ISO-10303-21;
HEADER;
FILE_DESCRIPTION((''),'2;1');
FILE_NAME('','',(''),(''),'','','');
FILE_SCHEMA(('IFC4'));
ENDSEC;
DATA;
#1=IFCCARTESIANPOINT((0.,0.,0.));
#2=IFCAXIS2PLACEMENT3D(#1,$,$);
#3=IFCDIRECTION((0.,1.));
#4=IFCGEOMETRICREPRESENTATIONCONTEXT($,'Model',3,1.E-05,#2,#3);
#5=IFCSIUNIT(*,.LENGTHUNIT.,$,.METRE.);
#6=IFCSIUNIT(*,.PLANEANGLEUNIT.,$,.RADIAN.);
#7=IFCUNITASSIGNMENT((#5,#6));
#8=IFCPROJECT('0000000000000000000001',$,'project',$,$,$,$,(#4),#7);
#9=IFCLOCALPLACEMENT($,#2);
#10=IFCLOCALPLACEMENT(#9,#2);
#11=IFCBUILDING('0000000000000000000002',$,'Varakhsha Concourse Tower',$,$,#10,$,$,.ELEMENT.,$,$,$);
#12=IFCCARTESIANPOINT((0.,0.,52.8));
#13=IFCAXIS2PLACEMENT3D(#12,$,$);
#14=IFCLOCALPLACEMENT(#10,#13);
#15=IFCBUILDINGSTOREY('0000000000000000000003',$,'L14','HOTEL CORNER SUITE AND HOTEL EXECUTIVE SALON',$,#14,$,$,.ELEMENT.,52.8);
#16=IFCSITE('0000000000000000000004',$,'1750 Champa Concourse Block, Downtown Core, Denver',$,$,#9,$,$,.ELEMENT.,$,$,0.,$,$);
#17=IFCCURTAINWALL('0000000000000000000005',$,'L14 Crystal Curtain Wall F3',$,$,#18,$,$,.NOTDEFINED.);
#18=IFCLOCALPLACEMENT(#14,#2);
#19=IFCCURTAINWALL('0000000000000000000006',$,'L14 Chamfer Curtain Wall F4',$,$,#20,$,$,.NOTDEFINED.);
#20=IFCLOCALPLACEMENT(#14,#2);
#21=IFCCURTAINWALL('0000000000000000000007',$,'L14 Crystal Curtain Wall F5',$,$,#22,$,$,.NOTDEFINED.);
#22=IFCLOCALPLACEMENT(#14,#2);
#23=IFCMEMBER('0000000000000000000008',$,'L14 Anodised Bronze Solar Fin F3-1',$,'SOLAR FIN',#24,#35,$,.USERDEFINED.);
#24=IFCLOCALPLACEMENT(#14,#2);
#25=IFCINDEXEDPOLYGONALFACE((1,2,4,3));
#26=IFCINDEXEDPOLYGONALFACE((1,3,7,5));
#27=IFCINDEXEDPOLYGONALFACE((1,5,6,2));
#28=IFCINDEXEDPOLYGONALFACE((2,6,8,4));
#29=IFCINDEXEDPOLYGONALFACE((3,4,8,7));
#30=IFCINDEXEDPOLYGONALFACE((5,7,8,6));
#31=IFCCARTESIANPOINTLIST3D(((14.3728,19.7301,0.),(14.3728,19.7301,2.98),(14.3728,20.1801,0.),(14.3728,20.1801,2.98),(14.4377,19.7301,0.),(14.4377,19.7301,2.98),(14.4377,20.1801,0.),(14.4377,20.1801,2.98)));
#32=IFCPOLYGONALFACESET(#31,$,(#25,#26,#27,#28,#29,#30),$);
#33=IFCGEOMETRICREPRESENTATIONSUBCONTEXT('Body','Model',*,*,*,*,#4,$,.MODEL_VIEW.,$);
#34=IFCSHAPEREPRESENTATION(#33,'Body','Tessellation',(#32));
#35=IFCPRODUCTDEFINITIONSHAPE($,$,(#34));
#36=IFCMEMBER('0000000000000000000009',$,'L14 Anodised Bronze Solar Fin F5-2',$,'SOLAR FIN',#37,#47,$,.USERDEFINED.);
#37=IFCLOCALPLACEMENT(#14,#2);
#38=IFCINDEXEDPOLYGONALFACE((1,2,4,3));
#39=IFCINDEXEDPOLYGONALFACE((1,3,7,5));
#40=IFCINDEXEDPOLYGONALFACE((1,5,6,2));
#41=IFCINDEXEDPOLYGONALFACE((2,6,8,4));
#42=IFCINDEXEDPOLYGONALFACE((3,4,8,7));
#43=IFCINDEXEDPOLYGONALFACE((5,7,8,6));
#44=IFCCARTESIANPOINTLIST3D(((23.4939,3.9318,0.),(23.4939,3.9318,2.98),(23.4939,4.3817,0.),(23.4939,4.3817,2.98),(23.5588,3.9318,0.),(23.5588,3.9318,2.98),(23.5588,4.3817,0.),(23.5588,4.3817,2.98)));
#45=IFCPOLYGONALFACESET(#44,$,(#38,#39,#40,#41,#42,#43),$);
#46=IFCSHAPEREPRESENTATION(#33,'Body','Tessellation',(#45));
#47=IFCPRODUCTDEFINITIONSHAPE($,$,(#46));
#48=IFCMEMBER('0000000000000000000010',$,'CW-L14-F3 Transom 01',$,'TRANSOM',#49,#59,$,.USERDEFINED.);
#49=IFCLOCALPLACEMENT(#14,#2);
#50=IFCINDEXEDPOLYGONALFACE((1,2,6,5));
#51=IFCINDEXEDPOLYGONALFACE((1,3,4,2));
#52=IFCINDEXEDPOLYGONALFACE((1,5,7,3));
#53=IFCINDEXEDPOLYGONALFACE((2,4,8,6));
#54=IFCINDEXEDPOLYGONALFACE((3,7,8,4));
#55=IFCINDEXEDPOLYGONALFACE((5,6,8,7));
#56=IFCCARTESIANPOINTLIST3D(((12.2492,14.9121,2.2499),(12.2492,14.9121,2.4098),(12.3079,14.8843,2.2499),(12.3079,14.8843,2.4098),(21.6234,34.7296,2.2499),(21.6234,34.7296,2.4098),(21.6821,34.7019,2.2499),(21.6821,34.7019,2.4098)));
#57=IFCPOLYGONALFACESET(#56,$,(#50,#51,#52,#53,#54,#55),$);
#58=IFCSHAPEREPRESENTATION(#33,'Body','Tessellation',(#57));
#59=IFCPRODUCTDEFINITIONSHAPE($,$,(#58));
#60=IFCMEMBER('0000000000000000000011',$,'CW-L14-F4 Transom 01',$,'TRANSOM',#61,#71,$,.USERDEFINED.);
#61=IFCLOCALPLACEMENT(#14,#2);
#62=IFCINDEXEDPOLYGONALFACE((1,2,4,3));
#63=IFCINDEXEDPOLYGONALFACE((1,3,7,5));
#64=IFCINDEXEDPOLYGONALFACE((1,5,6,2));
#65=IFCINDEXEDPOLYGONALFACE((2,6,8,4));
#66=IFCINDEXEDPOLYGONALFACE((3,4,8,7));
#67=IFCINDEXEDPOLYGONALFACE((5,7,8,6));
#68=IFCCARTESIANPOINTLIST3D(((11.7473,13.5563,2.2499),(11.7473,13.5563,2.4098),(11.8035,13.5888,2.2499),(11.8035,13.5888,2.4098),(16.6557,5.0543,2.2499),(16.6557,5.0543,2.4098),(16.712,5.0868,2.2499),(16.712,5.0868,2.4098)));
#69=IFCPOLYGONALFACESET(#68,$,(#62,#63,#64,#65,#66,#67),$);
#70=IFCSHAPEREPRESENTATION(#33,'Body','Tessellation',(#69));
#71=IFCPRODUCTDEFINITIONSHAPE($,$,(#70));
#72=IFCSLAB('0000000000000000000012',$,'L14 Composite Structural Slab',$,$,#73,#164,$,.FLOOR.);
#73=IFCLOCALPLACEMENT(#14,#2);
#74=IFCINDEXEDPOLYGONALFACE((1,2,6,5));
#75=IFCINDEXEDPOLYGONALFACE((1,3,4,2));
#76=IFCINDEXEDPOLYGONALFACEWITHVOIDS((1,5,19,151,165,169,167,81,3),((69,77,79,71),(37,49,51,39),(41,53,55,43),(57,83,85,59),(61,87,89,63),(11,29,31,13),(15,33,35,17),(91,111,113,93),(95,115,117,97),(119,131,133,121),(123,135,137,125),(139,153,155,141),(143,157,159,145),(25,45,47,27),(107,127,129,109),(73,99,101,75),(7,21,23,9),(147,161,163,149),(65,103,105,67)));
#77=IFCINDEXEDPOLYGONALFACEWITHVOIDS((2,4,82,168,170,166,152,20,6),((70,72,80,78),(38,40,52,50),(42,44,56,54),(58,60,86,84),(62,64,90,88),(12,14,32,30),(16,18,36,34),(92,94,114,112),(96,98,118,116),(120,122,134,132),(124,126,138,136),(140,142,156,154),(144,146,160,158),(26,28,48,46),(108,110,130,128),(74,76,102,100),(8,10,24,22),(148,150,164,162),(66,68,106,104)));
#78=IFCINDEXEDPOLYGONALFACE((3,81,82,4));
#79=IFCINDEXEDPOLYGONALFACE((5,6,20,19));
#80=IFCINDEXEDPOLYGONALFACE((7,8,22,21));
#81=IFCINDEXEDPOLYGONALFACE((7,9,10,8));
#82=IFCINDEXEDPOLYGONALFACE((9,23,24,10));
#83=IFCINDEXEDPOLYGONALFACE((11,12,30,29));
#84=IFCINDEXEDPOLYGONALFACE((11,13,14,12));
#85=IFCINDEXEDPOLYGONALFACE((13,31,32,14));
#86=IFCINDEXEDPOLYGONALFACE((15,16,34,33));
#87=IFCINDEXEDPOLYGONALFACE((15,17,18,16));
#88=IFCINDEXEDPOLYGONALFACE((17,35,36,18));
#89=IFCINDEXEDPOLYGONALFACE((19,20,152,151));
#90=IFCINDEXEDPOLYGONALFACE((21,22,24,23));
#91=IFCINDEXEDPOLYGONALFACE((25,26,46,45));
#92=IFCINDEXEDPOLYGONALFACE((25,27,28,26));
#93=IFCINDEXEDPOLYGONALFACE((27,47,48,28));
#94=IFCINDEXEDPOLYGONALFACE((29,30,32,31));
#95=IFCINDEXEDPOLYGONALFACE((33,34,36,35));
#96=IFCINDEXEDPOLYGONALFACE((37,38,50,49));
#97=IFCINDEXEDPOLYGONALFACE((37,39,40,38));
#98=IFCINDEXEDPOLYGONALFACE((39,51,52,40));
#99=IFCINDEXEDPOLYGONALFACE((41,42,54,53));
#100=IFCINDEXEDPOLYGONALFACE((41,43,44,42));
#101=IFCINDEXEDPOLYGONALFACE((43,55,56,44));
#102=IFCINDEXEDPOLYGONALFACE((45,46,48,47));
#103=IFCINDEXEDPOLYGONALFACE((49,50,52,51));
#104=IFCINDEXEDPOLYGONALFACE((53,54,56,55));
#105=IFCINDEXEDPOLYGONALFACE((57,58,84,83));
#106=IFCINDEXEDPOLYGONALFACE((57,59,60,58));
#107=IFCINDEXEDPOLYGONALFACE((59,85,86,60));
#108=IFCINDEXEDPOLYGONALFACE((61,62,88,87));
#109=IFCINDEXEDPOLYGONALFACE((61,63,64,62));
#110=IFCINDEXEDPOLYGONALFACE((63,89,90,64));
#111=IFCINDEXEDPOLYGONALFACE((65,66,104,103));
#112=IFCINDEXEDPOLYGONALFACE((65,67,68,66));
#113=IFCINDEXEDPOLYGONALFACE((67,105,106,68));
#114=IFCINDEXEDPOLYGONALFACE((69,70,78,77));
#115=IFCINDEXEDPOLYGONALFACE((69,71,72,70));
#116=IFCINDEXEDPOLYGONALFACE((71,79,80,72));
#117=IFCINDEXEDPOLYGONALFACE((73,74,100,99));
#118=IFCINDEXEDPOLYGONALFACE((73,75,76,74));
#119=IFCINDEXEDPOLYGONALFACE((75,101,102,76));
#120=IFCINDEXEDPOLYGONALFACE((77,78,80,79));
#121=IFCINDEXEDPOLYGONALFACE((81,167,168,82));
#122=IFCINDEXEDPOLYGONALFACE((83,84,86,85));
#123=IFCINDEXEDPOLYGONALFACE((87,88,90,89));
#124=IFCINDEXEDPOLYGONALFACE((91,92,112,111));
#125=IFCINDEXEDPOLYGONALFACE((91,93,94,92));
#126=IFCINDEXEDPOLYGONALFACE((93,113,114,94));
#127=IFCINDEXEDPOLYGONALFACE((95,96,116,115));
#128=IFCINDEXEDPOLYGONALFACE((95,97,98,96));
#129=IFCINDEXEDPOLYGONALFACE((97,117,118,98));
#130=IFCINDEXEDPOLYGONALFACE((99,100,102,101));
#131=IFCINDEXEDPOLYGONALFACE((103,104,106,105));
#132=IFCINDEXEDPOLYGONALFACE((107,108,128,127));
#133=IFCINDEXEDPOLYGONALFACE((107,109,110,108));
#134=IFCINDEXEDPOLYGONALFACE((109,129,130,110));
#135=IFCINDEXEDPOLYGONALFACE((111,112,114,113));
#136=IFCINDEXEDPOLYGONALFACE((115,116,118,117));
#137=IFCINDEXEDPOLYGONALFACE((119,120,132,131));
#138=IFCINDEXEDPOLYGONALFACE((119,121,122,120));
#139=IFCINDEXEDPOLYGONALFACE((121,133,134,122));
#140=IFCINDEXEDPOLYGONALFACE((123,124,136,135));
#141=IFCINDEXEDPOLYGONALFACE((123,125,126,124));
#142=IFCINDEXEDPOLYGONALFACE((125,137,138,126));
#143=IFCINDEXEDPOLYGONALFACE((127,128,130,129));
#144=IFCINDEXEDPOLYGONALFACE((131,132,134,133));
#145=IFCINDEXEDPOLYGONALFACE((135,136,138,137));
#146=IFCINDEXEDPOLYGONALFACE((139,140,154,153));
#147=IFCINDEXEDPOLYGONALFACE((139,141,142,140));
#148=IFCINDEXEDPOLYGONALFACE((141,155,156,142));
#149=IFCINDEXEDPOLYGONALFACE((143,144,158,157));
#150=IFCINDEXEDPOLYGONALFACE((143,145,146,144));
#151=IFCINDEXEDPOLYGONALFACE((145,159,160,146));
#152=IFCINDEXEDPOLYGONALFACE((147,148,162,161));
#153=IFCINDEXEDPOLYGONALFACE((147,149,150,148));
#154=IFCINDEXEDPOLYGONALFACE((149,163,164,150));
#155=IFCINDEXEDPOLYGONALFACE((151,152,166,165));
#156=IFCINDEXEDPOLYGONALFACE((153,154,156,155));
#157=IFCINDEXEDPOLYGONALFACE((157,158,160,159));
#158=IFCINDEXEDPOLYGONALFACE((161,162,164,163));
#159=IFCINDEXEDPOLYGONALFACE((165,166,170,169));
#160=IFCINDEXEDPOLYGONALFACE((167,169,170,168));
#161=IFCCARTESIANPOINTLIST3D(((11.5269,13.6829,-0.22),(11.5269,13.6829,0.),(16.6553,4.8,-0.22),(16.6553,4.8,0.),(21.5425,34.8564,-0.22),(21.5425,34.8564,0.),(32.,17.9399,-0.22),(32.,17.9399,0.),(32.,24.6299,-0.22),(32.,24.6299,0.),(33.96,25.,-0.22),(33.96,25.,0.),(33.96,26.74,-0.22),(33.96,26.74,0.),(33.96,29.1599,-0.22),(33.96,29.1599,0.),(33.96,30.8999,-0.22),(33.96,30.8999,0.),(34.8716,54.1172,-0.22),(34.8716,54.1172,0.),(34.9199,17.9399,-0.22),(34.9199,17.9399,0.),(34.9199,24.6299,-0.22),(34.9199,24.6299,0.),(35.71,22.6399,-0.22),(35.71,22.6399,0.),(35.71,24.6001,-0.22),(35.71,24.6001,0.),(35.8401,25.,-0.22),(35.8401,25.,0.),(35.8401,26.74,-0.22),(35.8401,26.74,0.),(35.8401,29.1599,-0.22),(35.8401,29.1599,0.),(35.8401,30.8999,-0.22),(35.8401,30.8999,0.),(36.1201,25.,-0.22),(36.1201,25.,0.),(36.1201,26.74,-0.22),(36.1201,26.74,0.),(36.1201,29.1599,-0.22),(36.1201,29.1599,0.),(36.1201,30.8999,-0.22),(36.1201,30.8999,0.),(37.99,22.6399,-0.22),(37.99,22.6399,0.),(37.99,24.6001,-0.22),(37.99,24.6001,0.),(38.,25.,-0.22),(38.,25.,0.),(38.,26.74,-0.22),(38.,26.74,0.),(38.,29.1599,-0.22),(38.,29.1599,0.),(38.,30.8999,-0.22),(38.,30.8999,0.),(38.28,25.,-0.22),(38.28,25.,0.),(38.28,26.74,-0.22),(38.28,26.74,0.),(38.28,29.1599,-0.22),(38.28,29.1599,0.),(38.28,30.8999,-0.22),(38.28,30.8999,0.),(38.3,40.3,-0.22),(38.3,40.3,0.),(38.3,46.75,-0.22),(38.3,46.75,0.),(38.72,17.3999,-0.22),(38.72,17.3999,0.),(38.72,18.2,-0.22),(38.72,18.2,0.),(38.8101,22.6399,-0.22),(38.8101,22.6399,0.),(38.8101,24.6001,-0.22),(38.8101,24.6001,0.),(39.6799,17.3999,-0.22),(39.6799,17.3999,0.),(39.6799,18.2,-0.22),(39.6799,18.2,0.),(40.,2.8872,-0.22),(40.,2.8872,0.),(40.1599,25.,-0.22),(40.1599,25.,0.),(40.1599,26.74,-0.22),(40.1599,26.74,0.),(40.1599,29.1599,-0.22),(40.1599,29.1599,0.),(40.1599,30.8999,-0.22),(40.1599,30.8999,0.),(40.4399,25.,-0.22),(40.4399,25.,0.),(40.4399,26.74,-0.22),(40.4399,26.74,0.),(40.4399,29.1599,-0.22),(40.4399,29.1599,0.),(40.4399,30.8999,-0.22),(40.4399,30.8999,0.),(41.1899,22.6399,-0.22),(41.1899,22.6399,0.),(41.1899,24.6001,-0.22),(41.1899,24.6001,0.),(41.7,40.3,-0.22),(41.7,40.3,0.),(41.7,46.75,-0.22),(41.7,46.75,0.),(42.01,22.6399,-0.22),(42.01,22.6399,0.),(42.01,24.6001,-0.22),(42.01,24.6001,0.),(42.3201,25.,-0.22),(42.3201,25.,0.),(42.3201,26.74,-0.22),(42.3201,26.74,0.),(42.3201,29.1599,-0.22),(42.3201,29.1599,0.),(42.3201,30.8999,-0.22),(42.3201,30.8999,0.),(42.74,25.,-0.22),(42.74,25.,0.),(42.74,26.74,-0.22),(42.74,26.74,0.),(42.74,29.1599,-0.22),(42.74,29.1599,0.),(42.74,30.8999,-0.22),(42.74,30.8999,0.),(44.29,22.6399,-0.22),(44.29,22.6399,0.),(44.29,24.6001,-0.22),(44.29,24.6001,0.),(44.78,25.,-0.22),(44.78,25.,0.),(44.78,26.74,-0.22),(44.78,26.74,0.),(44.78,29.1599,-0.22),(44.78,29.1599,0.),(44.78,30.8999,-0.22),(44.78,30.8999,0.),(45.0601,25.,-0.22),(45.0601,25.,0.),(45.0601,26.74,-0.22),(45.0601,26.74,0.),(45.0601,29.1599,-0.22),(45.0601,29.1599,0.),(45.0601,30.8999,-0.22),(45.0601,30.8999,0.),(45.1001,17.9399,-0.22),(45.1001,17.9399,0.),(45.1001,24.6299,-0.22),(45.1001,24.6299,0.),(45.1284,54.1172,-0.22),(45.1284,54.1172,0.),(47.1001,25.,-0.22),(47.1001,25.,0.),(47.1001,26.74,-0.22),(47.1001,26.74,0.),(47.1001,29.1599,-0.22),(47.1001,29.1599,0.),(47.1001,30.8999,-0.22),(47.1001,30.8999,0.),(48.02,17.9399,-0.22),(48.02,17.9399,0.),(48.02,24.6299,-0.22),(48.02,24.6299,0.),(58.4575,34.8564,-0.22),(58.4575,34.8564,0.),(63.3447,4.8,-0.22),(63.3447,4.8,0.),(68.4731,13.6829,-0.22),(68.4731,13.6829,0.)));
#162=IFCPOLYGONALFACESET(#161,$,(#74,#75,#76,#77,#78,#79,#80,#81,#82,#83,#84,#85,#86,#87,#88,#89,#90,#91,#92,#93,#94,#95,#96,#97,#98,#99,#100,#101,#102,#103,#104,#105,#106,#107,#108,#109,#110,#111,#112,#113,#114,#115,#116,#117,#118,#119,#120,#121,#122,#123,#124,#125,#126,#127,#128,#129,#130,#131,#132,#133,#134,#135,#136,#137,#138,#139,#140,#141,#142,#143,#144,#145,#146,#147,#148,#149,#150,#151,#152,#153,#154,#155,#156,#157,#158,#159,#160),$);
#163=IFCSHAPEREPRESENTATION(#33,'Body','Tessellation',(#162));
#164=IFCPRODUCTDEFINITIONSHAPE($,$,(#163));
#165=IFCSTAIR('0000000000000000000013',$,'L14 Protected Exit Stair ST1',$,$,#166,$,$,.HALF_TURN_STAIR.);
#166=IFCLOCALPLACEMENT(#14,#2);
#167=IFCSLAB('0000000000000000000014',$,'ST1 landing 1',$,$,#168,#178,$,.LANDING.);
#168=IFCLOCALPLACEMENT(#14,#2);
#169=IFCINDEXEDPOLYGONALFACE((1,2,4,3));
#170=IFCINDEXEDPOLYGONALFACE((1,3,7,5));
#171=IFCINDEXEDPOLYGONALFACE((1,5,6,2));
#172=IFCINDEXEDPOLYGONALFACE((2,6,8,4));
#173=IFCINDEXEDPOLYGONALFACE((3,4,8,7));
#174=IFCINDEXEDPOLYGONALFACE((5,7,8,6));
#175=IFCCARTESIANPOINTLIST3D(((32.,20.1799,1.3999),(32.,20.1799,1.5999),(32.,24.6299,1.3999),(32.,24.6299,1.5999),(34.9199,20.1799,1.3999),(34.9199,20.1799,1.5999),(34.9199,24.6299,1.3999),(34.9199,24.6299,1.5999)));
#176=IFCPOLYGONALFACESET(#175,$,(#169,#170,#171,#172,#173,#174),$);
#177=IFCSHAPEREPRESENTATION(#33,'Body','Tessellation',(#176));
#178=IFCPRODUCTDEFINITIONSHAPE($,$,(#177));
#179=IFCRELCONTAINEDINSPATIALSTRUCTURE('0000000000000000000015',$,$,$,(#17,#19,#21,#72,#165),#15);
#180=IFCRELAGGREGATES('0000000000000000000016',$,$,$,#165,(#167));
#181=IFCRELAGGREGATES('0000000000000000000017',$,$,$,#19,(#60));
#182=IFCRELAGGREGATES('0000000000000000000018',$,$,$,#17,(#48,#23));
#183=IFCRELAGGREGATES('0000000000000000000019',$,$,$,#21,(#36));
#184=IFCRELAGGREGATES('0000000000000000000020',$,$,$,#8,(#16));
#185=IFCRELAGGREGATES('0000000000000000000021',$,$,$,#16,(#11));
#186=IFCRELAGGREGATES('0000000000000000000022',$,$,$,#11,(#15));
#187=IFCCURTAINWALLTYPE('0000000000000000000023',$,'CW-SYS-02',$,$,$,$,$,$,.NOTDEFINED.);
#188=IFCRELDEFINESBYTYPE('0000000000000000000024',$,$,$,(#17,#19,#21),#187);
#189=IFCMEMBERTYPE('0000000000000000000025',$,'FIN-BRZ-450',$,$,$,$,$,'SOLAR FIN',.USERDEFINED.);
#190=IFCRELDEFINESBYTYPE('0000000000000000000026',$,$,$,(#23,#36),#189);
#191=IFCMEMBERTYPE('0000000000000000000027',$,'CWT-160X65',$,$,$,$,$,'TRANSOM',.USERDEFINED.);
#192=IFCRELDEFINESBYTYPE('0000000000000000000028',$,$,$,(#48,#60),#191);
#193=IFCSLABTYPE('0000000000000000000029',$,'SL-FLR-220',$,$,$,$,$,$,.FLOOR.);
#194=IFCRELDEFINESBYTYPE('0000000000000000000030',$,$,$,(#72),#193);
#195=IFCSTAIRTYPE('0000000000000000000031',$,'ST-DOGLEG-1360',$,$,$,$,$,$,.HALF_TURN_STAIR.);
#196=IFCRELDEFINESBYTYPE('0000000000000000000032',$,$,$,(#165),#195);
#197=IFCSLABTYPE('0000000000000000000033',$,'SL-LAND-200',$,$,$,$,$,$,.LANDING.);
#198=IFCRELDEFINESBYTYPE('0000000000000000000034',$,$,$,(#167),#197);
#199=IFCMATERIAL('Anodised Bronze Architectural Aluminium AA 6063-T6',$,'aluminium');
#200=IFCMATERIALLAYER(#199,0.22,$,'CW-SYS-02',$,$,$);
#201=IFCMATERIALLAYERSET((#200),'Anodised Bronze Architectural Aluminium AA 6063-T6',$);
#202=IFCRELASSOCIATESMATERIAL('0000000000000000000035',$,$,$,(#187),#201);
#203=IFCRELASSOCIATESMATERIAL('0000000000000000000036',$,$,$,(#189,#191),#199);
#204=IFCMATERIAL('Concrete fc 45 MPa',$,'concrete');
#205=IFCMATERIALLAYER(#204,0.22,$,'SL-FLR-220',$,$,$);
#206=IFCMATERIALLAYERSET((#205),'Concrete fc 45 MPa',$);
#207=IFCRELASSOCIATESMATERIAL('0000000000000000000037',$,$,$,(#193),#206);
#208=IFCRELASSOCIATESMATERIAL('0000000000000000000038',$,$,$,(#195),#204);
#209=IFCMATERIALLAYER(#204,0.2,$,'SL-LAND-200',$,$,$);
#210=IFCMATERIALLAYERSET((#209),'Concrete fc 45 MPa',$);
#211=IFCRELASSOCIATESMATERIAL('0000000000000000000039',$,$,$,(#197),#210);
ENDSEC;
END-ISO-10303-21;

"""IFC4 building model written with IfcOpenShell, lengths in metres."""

from ifc_helpers import new_model, si_unit, direction, frame, origin, origin_2d, place, context, subcontext, project, spatial, polyline, rectangle, outline, extrude, source, transform, mapped, material, layer, layer_set, material_profile, profile_set, type_object, type_shapes, element, aggregate, save


model = new_model("IFC4")

# Units and contexts
model_context = context("Model", 3, precision=1e-05, world=origin(), true_north=direction((0.0, 1.0)))
body_context = subcontext(model_context, "Body", "Model", "MODEL_VIEW")
ifc_project = project(units=[si_unit("LENGTHUNIT", "METRE"), si_unit("PLANEANGLEUNIT", "RADIAN")], contexts=[model_context])

# Site, building, storey
site_placement = place(None, origin())
site = spatial("IfcSite", under=ifc_project, at=site_placement, Name="1750 Champa Concourse Block, Downtown Core, Denver", CompositionType="ELEMENT", RefElevation=0.0)
building_placement = place(site_placement, origin())
building = spatial("IfcBuilding", under=site, at=building_placement, Name="Varakhsha Concourse Tower", CompositionType="ELEMENT")
storey_placement = place(building_placement, frame((0.0, 0.0, 52.8)))
storey = spatial("IfcBuildingStorey", under=building, at=storey_placement, Name="L14", Description="HOTEL CORNER SUITE AND HOTEL EXECUTIVE SALON", CompositionType="ELEMENT", Elevation=52.8)

# Curtain wall
ifc_material_1 = material(Name="Anodised Bronze Architectural Aluminium AA 6063-T6", Category="aluminium")
ifc_layer_1 = layer(ifc_material_1, 0.22, Name="CW-SYS-02")
ifc_layer_set_1 = layer_set([ifc_layer_1], Name="Anodised Bronze Architectural Aluminium AA 6063-T6")
curtain_wall_type = type_object("IfcCurtainWallType", Name="CW-SYS-02", PredefinedType="NOTDEFINED", material=ifc_layer_set_1)
curtain_wall_1_placement = place(storey_placement, origin())
curtain_wall_1 = element("IfcCurtainWall", 1, at=curtain_wall_1_placement, inside=storey, type_object=curtain_wall_type, Name="L14 Crystal Curtain Wall F3", PredefinedType="NOTDEFINED")

# Curtain wall
curtain_wall_2_placement = place(storey_placement, origin())
curtain_wall_2 = element("IfcCurtainWall", 2, at=curtain_wall_2_placement, inside=storey, type_object=curtain_wall_type, Name="L14 Chamfer Curtain Wall F4", PredefinedType="NOTDEFINED")

# Curtain wall
curtain_wall_3_placement = place(storey_placement, origin())
curtain_wall_3 = element("IfcCurtainWall", 3, at=curtain_wall_3_placement, inside=storey, type_object=curtain_wall_type, Name="L14 Crystal Curtain Wall F5", PredefinedType="NOTDEFINED")

# Members
ifc_material_profile_1 = material_profile(ifc_material_1, rectangle(XDim=0.0649, YDim=0.45, at=origin_2d()), Name="FIN-BRZ-450")
ifc_profile_set_1 = profile_set([ifc_material_profile_1], Name="Anodised Bronze Architectural Aluminium AA 6063-T6")
member_type_1 = type_object("IfcMemberType", Name="FIN-BRZ-450", ElementType="SOLAR FIN", PredefinedType="USERDEFINED", material=ifc_profile_set_1)
shared_shape_1 = source(origin(), body_context, "Body", "SweptSolid", [
    extrude(rectangle(XDim=0.0649, YDim=0.45, at=origin_2d()), origin(), (0.0, 0.0, 1.0), 2.98),
])
type_shapes(member_type_1, [shared_shape_1])
member_1_placement = place(storey_placement, frame((14.4053, 19.9551, 0.0), z_axis=(0.0, 0.0, 1.0), x_axis=(1.0, 0.0, 0.0)))
member_1 = element("IfcMember", 4, at=member_1_placement, type_object=member_type_1, Name="L14 Anodised Bronze Solar Fin F3-1", ObjectType="SOLAR FIN", PredefinedType="USERDEFINED", context=body_context, shape_type="MappedRepresentation", body=[
    mapped(shared_shape_1, transform((0.0, 0.0, 0.0), scale=1.0)),
])
member_2_placement = place(storey_placement, frame((23.5264, 4.1567, 0.0), z_axis=(0.0, 0.0, 1.0), x_axis=(1.0, 0.0, 0.0)))
member_2 = element("IfcMember", 5, at=member_2_placement, type_object=member_type_1, Name="L14 Anodised Bronze Solar Fin F5-2", ObjectType="SOLAR FIN", PredefinedType="USERDEFINED", context=body_context, shape_type="MappedRepresentation", body=[
    mapped(shared_shape_1, transform((0.0, 0.0, 0.0), scale=1.0)),
])
ifc_material_profile_2 = material_profile(ifc_material_1, rectangle(XDim=0.0649, YDim=0.1599, at=origin_2d()), Name="CWT-160X65")
ifc_profile_set_2 = profile_set([ifc_material_profile_2], Name="Anodised Bronze Architectural Aluminium AA 6063-T6")
member_type_2 = type_object("IfcMemberType", Name="CWT-160X65", ElementType="TRANSOM", PredefinedType="USERDEFINED", material=ifc_profile_set_2)
shared_shape_2 = source(origin(), body_context, "Body", "SweptSolid", [
    extrude(rectangle(XDim=0.0649, YDim=0.1599, at=origin_2d()), origin(), (0.0, 0.0, 1.0), 21.9229),
])
member_3_placement = place(storey_placement, frame((12.2786, 14.8982, 2.3298), z_axis=(0.427601, 0.903968, 0.0), x_axis=(-0.903968, 0.427601, 0.0)))
member_3 = element("IfcMember", 6, at=member_3_placement, type_object=member_type_2, Name="CW-L14-F3 Transom 01", ObjectType="TRANSOM", PredefinedType="USERDEFINED", context=body_context, shape_type="MappedRepresentation", body=[
    mapped(shared_shape_2, transform((0.0, 0.0, 0.0), scale=1.0)),
])
shared_shape_3 = source(origin(), body_context, "Body", "SweptSolid", [
    extrude(rectangle(XDim=0.0649, YDim=0.1599, at=origin_2d()), origin(), (0.0, 0.0, 1.0), 9.8171),
])
type_shapes(member_type_2, [shared_shape_2, shared_shape_3])
member_4_placement = place(storey_placement, frame((16.6838, 5.0706, 2.3298), z_axis=(-0.499988, 0.866032, 0.0), x_axis=(-0.866032, -0.499988, 0.0)))
member_4 = element("IfcMember", 7, at=member_4_placement, type_object=member_type_2, Name="CW-L14-F4 Transom 01", ObjectType="TRANSOM", PredefinedType="USERDEFINED", context=body_context, shape_type="MappedRepresentation", body=[
    mapped(shared_shape_3, transform((0.0, 0.0, 0.0), scale=1.0)),
])

# Slab
ifc_material_2 = material(Name="Concrete fc 45 MPa", Category="concrete")
ifc_layer_2 = layer(ifc_material_2, 0.22, Name="SL-FLR-220")
ifc_layer_set_2 = layer_set([ifc_layer_2], Name="Concrete fc 45 MPa")
slab_type_1 = type_object("IfcSlabType", Name="SL-FLR-220", PredefinedType="FLOOR", material=ifc_layer_set_2)
slab_1_placement = place(storey_placement, frame((0.0, 0.0, -0.22)))
element("IfcSlab", 8, at=slab_1_placement, inside=storey, type_object=slab_type_1, Name="L14 Composite Structural Slab", PredefinedType="FLOOR", context=body_context, shape_type="SweptSolid", body=[
    extrude(outline(polyline([(45.1284, 54.1172), (34.8716, 54.1172), (21.5425, 34.8564), (11.5269, 13.6829), (16.6553, 4.8), (40.0, 2.8872), (63.3447, 4.8), (68.4731, 13.6829), (58.4575, 34.8564), (45.1284, 54.1172)]), holes=[polyline([(34.9199, 17.9399), (34.9199, 24.6299), (32.0, 24.6299), (32.0, 17.9399), (34.9199, 17.9399)]), polyline([(48.02, 17.9399), (48.02, 24.6299), (45.1001, 24.6299), (45.1001, 17.9399), (48.02, 17.9399)]), polyline([(41.7, 40.3), (41.7, 46.75), (38.3, 46.75), (38.3, 40.3), (41.7, 40.3)]), polyline([(33.96, 29.1599), (35.8401, 29.1599), (35.8401, 30.8999), (33.96, 30.8999), (33.96, 29.1599)]), polyline([(36.1201, 29.1599), (38.0, 29.1599), (38.0, 30.8999), (36.1201, 30.8999), (36.1201, 29.1599)]), polyline([(38.28, 29.1599), (40.1599, 29.1599), (40.1599, 30.8999), (38.28, 30.8999), (38.28, 29.1599)]), polyline([(40.4399, 29.1599), (42.3201, 29.1599), (42.3201, 30.8999), (40.4399, 30.8999), (40.4399, 29.1599)]), polyline([(33.96, 25.0), (35.8401, 25.0), (35.8401, 26.74), (33.96, 26.74), (33.96, 25.0)]), polyline([(36.1201, 25.0), (38.0, 25.0), (38.0, 26.74), (36.1201, 26.74), (36.1201, 25.0)]), polyline([(38.28, 25.0), (40.1599, 25.0), (40.1599, 26.74), (38.28, 26.74), (38.28, 25.0)]), polyline([(40.4399, 25.0), (42.3201, 25.0), (42.3201, 26.74), (40.4399, 26.74), (40.4399, 25.0)]), polyline([(42.74, 29.1599), (44.78, 29.1599), (44.78, 30.8999), (42.74, 30.8999), (42.74, 29.1599)]), polyline([(45.0601, 29.1599), (47.1001, 29.1599), (47.1001, 30.8999), (45.0601, 30.8999), (45.0601, 29.1599)]), polyline([(42.74, 25.0), (44.78, 25.0), (44.78, 26.74), (42.74, 26.74), (42.74, 25.0)]), polyline([(45.0601, 25.0), (47.1001, 25.0), (47.1001, 26.74), (45.0601, 26.74), (45.0601, 25.0)]), polyline([(35.71, 22.6399), (37.99, 22.6399), (37.99, 24.6001), (35.71, 24.6001), (35.71, 22.6399)]), polyline([(42.01, 22.6399), (44.29, 22.6399), (44.29, 24.6001), (42.01, 24.6001), (42.01, 22.6399)]), polyline([(38.8101, 22.6399), (41.1899, 22.6399), (41.1899, 24.6001), (38.8101, 24.6001), (38.8101, 22.6399)]), polyline([(38.72, 17.3999), (39.6799, 17.3999), (39.6799, 18.2), (38.72, 18.2), (38.72, 17.3999)])]), origin(), (0.0, 0.0, 1.0), 0.22),
])

# Stair, slab
stair_type_1 = type_object("IfcStairType", Name="ST-DOGLEG-1360", PredefinedType="HALF_TURN_STAIR", material=ifc_material_2)
stair_1_placement = place(storey_placement, origin())
stair_1 = element("IfcStair", 9, at=stair_1_placement, inside=storey, type_object=stair_type_1, Name="L14 Protected Exit Stair ST1", PredefinedType="HALF_TURN_STAIR")
ifc_layer_3 = layer(ifc_material_2, 0.2, Name="SL-LAND-200")
ifc_layer_set_3 = layer_set([ifc_layer_3], Name="Concrete fc 45 MPa")
slab_type_2 = type_object("IfcSlabType", Name="SL-LAND-200", PredefinedType="LANDING", material=ifc_layer_set_3)
slab_2_placement = place(storey_placement, frame((0.0, 0.0, 1.3999)))
slab_2 = element("IfcSlab", 10, at=slab_2_placement, type_object=slab_type_2, Name="ST1 landing 1", PredefinedType="LANDING", context=body_context, shape_type="SweptSolid", body=[
    extrude(outline(polyline([(34.9199, 20.1799), (34.9199, 24.6299), (32.0, 24.6299), (32.0, 20.1799), (34.9199, 20.1799)])), origin(), (0.0, 0.0, 1.0), 0.2),
])
aggregate(stair_1, [slab_2])

aggregate(curtain_wall_2, [member_4])
aggregate(curtain_wall_1, [member_3, member_1])
aggregate(curtain_wall_3, [member_2])

save(model, "model.ifc")
